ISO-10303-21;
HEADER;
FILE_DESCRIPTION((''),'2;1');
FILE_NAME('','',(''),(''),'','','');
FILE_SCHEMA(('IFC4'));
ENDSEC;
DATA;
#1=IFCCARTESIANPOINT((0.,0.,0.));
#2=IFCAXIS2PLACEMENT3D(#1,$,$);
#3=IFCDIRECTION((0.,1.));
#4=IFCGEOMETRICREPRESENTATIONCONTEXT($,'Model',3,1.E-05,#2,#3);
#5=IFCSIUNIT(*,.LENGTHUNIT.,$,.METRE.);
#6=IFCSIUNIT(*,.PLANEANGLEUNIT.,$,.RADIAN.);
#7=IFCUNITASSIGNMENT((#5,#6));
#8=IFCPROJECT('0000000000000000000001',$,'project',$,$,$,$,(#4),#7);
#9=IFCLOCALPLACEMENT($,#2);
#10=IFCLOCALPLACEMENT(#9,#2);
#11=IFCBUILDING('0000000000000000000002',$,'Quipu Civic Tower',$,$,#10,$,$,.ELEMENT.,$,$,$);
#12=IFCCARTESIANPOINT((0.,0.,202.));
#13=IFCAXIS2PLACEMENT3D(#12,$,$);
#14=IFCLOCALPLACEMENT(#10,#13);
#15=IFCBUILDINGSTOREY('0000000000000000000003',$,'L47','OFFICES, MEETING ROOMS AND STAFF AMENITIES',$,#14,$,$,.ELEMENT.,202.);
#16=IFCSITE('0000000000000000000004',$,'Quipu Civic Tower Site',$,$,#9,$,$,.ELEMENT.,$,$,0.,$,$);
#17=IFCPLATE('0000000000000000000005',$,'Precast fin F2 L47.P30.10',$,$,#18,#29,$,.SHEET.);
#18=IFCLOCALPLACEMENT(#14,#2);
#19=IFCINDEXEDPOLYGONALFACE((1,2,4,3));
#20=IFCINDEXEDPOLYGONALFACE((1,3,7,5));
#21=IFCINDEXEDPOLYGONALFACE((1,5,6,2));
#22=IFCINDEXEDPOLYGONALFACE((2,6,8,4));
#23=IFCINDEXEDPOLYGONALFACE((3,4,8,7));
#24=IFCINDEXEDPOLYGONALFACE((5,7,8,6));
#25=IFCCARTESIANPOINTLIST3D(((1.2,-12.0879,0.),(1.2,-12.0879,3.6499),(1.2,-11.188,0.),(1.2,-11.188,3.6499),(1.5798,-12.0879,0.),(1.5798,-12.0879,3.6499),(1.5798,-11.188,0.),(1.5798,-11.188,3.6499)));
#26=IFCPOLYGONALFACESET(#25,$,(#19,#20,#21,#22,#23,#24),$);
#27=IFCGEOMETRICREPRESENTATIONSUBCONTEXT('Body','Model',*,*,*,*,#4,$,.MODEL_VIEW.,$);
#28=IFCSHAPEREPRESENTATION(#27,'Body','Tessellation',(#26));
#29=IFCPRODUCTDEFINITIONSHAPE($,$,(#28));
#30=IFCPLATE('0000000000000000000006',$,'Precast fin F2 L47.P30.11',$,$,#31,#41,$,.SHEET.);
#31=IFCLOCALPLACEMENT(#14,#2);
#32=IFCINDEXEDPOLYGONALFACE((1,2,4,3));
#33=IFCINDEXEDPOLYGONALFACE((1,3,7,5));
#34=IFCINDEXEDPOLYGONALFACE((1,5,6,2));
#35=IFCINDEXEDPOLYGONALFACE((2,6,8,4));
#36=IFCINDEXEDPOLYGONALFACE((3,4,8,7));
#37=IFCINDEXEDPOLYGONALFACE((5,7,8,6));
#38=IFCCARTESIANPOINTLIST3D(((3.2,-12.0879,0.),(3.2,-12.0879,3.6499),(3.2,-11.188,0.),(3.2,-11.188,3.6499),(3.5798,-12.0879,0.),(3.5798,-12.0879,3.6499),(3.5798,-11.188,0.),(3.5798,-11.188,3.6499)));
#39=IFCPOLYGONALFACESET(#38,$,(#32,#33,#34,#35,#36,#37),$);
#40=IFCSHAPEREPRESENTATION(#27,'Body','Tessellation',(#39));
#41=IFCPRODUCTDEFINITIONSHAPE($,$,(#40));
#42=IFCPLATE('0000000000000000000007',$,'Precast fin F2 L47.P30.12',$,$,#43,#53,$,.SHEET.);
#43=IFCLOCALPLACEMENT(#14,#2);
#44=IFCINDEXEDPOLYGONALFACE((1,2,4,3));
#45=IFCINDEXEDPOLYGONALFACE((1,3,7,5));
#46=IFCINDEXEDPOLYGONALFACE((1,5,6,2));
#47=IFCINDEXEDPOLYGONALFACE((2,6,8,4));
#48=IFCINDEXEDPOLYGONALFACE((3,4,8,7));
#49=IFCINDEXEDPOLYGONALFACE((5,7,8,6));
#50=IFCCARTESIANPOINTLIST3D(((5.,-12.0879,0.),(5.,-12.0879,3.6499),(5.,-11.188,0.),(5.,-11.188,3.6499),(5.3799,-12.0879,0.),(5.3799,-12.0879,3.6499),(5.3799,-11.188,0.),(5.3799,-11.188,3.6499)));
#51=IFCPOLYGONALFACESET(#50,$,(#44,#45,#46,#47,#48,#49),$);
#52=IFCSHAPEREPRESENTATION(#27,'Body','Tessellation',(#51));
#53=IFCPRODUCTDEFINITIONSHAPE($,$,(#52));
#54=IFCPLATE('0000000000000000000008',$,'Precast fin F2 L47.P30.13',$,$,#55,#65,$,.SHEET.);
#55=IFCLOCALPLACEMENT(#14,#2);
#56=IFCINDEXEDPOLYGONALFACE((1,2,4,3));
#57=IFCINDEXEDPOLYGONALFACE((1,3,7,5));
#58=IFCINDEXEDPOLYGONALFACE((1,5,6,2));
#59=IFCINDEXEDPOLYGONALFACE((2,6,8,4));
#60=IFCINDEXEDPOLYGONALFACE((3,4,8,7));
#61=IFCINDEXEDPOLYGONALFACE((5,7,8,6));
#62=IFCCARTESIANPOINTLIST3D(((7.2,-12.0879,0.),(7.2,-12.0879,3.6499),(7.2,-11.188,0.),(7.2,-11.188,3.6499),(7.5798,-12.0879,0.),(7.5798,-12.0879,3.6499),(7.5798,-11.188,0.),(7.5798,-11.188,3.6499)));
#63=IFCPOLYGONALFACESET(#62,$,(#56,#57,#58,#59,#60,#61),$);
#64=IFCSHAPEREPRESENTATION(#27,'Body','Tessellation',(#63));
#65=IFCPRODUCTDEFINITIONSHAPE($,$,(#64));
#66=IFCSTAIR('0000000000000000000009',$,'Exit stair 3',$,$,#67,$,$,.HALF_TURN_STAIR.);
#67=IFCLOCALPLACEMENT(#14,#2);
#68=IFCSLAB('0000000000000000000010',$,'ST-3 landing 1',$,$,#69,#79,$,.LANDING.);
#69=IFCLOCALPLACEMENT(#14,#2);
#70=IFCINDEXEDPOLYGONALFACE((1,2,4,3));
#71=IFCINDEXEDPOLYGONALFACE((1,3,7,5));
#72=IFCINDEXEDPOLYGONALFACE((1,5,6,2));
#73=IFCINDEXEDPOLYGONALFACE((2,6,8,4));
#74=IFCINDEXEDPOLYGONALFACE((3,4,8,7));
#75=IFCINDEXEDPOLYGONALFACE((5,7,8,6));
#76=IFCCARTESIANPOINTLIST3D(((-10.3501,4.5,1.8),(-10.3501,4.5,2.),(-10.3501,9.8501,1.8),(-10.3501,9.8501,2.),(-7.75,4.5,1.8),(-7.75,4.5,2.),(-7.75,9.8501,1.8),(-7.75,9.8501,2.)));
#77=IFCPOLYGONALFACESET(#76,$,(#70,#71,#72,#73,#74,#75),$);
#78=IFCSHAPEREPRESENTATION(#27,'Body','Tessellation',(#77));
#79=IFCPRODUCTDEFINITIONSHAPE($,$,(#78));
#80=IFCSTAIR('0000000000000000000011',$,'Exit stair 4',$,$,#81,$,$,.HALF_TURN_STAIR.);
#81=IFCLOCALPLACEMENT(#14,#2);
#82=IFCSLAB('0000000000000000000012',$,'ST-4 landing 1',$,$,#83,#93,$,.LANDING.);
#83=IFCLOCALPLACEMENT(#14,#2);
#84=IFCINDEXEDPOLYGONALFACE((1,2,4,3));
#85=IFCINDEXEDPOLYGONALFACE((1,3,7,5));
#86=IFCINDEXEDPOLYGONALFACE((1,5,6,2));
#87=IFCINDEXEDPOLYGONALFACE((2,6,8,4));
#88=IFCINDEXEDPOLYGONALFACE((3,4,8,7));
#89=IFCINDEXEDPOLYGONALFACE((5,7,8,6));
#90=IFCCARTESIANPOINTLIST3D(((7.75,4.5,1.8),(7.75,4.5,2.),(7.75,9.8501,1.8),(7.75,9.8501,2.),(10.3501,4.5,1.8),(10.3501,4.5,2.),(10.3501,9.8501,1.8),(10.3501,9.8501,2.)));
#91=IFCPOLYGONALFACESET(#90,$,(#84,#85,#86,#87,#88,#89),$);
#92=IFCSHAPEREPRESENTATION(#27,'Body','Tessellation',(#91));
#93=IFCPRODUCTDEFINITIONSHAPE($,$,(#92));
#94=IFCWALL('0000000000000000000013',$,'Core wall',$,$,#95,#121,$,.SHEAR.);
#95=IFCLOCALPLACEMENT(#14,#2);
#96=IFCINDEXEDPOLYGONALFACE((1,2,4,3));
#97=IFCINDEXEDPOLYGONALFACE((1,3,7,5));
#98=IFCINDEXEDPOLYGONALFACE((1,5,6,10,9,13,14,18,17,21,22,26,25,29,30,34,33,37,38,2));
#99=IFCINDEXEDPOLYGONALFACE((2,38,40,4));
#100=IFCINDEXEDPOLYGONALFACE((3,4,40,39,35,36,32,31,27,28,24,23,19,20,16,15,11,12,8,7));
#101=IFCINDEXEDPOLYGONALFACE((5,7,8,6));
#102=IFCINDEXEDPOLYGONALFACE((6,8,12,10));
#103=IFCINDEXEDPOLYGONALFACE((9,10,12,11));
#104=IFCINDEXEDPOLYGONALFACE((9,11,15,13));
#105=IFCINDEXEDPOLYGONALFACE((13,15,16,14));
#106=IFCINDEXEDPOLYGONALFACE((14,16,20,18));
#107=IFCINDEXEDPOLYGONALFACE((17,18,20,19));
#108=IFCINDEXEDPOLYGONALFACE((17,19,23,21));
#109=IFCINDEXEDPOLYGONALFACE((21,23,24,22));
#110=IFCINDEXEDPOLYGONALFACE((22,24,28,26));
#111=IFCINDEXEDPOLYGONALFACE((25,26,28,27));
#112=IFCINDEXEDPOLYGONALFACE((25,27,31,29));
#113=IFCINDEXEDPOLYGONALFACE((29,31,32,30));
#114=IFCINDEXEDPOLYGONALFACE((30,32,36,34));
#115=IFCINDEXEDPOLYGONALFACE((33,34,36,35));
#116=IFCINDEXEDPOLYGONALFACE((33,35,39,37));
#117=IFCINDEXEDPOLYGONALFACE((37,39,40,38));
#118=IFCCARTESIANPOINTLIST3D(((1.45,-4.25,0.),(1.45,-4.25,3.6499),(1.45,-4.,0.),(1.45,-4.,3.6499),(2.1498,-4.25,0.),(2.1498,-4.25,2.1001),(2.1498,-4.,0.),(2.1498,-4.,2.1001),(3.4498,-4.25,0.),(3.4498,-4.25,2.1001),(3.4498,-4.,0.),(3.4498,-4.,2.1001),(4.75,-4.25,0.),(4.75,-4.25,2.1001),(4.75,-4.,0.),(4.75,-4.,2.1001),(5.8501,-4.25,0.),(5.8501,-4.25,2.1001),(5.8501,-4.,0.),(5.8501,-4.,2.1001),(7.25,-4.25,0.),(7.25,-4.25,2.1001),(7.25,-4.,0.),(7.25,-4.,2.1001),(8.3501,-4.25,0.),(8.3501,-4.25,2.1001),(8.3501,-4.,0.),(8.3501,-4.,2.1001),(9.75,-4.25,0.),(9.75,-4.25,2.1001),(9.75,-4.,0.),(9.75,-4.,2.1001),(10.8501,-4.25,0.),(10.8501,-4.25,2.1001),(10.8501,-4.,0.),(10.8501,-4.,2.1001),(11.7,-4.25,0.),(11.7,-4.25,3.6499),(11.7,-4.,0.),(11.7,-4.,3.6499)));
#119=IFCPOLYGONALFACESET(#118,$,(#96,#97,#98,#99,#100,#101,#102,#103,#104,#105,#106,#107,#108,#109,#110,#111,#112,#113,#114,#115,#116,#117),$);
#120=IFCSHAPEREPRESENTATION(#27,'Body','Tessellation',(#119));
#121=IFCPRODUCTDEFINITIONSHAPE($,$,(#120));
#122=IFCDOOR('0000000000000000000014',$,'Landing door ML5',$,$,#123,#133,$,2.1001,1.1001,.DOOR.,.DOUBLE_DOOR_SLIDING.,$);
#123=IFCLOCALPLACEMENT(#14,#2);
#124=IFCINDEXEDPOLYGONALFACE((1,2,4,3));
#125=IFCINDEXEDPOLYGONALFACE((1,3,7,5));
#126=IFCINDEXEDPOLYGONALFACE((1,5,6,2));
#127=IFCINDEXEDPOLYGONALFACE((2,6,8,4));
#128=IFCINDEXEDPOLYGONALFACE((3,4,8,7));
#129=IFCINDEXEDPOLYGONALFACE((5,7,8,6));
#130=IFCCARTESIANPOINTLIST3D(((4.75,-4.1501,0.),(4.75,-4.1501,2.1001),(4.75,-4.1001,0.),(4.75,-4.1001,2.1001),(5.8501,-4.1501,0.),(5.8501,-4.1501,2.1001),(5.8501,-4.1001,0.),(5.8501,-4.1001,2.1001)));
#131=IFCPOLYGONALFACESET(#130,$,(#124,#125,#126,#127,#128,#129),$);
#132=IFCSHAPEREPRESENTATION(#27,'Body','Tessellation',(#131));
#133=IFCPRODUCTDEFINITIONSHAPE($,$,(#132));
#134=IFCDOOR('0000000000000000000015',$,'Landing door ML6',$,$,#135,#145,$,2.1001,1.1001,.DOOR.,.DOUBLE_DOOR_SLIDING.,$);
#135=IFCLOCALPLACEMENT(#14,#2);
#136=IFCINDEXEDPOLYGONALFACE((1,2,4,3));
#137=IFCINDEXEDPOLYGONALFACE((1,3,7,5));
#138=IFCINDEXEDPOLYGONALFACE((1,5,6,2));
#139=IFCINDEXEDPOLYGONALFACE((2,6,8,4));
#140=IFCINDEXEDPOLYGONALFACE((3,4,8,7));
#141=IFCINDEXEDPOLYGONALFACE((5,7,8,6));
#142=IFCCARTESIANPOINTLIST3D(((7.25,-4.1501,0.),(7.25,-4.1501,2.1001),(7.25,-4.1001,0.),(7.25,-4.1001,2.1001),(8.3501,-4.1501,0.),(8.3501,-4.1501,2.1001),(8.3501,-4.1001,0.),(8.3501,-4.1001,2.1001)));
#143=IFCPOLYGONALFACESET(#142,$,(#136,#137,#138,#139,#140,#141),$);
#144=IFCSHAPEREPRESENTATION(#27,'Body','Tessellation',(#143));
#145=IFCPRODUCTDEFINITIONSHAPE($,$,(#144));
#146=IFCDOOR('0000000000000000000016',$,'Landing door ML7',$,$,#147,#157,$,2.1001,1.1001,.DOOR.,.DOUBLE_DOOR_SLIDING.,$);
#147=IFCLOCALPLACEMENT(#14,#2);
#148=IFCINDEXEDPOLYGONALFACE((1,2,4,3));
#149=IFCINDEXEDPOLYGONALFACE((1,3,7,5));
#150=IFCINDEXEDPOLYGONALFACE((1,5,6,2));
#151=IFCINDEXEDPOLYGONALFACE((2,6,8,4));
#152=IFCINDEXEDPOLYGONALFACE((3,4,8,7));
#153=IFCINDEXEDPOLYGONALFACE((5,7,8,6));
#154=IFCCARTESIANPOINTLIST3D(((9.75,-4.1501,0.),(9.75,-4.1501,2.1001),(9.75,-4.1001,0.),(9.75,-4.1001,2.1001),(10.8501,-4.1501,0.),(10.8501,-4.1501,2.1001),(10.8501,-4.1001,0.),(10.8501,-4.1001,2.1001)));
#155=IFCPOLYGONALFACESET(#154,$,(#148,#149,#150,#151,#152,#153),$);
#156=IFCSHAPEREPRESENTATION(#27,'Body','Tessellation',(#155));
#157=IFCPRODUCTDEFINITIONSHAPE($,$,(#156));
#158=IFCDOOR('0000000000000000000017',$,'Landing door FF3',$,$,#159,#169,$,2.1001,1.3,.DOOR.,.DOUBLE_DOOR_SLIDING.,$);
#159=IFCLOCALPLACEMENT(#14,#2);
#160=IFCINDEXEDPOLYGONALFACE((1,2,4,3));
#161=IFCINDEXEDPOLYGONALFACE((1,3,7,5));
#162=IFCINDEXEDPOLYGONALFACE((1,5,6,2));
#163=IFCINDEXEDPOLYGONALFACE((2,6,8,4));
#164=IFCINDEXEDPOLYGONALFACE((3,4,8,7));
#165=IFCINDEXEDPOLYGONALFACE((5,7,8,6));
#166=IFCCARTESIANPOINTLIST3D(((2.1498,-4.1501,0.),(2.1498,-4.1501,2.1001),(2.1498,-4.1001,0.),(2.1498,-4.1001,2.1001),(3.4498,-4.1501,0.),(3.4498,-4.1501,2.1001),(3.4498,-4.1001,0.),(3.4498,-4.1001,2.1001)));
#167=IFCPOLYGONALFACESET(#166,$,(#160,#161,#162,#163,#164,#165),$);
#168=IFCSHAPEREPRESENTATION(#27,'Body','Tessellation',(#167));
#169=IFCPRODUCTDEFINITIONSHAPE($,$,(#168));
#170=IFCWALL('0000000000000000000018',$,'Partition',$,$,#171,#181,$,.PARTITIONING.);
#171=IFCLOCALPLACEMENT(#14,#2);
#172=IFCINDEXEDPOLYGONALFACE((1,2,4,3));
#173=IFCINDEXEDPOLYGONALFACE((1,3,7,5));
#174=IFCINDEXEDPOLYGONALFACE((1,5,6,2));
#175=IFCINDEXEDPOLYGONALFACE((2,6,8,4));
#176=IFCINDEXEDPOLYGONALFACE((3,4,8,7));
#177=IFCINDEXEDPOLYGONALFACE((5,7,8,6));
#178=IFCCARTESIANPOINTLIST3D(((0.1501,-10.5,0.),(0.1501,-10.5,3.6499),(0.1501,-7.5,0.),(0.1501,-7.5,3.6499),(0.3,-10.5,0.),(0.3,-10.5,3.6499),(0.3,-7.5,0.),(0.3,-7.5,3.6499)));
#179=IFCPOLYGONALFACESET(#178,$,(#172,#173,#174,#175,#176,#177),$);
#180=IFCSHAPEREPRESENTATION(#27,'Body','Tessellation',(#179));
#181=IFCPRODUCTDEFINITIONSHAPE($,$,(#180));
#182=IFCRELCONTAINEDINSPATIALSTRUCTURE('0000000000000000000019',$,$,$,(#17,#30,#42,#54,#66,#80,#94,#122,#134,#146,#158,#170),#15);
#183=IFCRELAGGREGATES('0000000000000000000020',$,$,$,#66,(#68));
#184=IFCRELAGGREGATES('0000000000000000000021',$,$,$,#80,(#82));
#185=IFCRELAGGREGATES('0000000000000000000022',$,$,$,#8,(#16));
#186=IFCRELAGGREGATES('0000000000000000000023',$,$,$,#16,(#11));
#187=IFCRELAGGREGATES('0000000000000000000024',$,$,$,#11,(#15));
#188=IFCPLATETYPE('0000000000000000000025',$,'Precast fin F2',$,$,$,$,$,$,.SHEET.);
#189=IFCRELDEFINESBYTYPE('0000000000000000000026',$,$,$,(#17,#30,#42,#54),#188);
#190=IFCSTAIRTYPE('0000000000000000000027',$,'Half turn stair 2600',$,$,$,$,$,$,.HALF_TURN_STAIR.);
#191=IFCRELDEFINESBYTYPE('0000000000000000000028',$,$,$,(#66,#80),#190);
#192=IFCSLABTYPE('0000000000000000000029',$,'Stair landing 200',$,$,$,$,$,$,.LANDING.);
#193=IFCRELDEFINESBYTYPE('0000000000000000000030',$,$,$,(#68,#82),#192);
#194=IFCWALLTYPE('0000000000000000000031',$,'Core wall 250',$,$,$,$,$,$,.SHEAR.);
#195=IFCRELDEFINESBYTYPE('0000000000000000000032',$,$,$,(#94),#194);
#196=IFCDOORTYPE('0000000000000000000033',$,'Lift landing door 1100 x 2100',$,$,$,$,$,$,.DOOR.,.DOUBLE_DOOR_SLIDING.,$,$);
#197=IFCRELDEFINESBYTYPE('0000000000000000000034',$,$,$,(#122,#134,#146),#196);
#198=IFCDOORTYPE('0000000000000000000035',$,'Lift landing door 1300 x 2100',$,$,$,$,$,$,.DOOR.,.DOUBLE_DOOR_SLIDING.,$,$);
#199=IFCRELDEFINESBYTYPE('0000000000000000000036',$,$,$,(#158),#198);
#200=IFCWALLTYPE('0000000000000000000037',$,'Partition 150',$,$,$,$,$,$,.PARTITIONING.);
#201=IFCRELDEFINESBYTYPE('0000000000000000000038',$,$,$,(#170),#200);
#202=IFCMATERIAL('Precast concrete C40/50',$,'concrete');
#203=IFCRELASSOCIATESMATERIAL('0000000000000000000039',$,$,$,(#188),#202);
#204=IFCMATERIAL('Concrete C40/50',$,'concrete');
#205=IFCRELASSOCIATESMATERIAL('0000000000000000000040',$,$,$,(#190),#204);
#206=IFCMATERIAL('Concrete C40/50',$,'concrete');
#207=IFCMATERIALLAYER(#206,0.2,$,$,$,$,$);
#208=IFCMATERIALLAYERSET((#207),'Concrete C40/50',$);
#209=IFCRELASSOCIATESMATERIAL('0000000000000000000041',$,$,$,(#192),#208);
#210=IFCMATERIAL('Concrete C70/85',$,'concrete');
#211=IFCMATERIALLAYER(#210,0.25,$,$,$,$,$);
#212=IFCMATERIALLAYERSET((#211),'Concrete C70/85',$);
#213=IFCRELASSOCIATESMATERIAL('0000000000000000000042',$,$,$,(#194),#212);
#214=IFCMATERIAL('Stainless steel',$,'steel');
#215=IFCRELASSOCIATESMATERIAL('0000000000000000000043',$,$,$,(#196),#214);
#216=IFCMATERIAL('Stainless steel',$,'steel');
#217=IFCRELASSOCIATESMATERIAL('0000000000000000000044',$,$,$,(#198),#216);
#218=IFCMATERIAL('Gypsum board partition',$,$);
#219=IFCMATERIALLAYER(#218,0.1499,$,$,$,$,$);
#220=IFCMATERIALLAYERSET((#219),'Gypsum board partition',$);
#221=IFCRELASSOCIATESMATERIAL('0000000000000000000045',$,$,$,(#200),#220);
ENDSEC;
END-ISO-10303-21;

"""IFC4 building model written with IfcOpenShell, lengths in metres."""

from ifc_helpers import new_model, si_unit, direction, frame, frame_2d, origin, origin_2d, place, context, subcontext, project, spatial, polyline, rectangle, outline, extrude, material, layer, layer_set, type_object, element, fill, aggregate, save


model = new_model("IFC4")

# Units and contexts
model_context = context("Model", 3, precision=1e-05, world=origin(), true_north=direction((0.0, 1.0)))
body_context = subcontext(model_context, "Body", "Model", "MODEL_VIEW")
ifc_project = project(units=[si_unit("LENGTHUNIT", "METRE"), si_unit("PLANEANGLEUNIT", "RADIAN")], contexts=[model_context])

# Site, building, storey
site_placement = place(None, origin())
site = spatial("IfcSite", under=ifc_project, at=site_placement, Name="Quipu Civic Tower Site", CompositionType="ELEMENT", RefElevation=0.0)
building_placement = place(site_placement, origin())
building = spatial("IfcBuilding", under=site, at=building_placement, Name="Quipu Civic Tower", CompositionType="ELEMENT")
storey_placement = place(building_placement, frame((0.0, 0.0, 202.0)))
storey = spatial("IfcBuildingStorey", under=building, at=storey_placement, Name="L47", Description="OFFICES, MEETING ROOMS AND STAFF AMENITIES", CompositionType="ELEMENT", Elevation=202.0)

# Plates
ifc_material_1 = material(Name="Precast concrete C40/50", Category="concrete")
plate_type = type_object("IfcPlateType", Name="Precast fin F2", PredefinedType="SHEET", material=ifc_material_1)
for number, where, z_axis, x_axis, name in (
    (1, (1.3899, -11.6379, 0.0), (0.0, 0.0, 1.0), (1.0, 0.0, 0.0), "Precast fin F2 L47.P30.10"),
    (2, (3.3899, -11.6379, 0.0), (0.0, 0.0, 1.0), (1.0, 0.0, 0.0), "Precast fin F2 L47.P30.11"),
    (3, (5.1899, -11.6379, 0.0), (0.0, 0.0, 1.0), (1.0, 0.0, 0.0), "Precast fin F2 L47.P30.12"),
    (4, (7.3899, -11.6379, 0.0), (0.0, 0.0, 1.0), (1.0, 0.0, 0.0), "Precast fin F2 L47.P30.13"),
):
    element("IfcPlate", number, at=place(storey_placement, frame(where, z_axis=z_axis, x_axis=x_axis)), inside=storey, type_object=plate_type, Name=name, PredefinedType="SHEET", context=body_context, shape_type="SweptSolid", body=[
        extrude(rectangle(XDim=0.3799, YDim=0.8999, at=origin_2d()), origin(), (0.0, 0.0, 1.0), 3.6499),
    ])

# Stairs, slabs
ifc_material_2 = material(Name="Concrete C40/50", Category="concrete")
stair_type = type_object("IfcStairType", Name="Half turn stair 2600", PredefinedType="HALF_TURN_STAIR", material=ifc_material_2)
stair_1_placement = place(storey_placement, origin())
stair_1 = element("IfcStair", 5, at=stair_1_placement, inside=storey, type_object=stair_type, Name="Exit stair 3", PredefinedType="HALF_TURN_STAIR")
ifc_material_3 = material(Name="Concrete C40/50", Category="concrete")
ifc_layer_1 = layer(ifc_material_3, 0.2)
ifc_layer_set_1 = layer_set([ifc_layer_1], Name="Concrete C40/50")
slab_type = type_object("IfcSlabType", Name="Stair landing 200", PredefinedType="LANDING", material=ifc_layer_set_1)
slab_1_placement = place(storey_placement, frame((0.0, 0.0, 1.8)))
slab_1 = element("IfcSlab", 6, at=slab_1_placement, type_object=slab_type, Name="ST-3 landing 1", PredefinedType="LANDING", context=body_context, shape_type="SweptSolid", body=[
    extrude(outline(polyline([(-10.3501, 4.5), (-7.75, 4.5), (-7.75, 9.8501), (-10.3501, 9.8501), (-10.3501, 4.5)])), origin(), (0.0, 0.0, 1.0), 0.2),
])
aggregate(stair_1, [slab_1])
stair_2_placement = place(storey_placement, origin())
stair_2 = element("IfcStair", 7, at=stair_2_placement, inside=storey, type_object=stair_type, Name="Exit stair 4", PredefinedType="HALF_TURN_STAIR")
slab_2_placement = place(storey_placement, frame((0.0, 0.0, 1.8)))
slab_2 = element("IfcSlab", 8, at=slab_2_placement, type_object=slab_type, Name="ST-4 landing 1", PredefinedType="LANDING", context=body_context, shape_type="SweptSolid", body=[
    extrude(outline(polyline([(10.3501, 9.8501), (7.75, 9.8501), (7.75, 4.5), (10.3501, 4.5), (10.3501, 9.8501)])), origin(), (0.0, 0.0, 1.0), 0.2),
])
aggregate(stair_2, [slab_2])

# Wall, openings, doors
ifc_material_4 = material(Name="Concrete C70/85", Category="concrete")
ifc_layer_2 = layer(ifc_material_4, 0.25)
ifc_layer_set_2 = layer_set([ifc_layer_2], Name="Concrete C70/85")
wall_type_1 = type_object("IfcWallType", Name="Core wall 250", PredefinedType="SHEAR", material=ifc_layer_set_2)
wall_1_placement = place(storey_placement, frame((1.45, -4.125, 0.0), z_axis=(0.0, 0.0, 1.0), x_axis=(1.0, 0.0, 0.0)))
wall_1 = element("IfcWall", 9, at=wall_1_placement, inside=storey, type_object=wall_type_1, Name="Core wall", PredefinedType="SHEAR", context=body_context, shape_type="SweptSolid", body=[
    extrude(rectangle(XDim=10.25, YDim=0.25, at=frame_2d((5.125, 0.0))), origin(), (0.0, 0.0, 1.0), 3.6499),
])
opening_1_placement = place(wall_1_placement, frame((0.7, 0.0, 0.0)))
opening_1 = element("IfcOpeningElement", 10, at=opening_1_placement, cuts=wall_1, PredefinedType="OPENING", context=body_context, shape_type="SweptSolid", body=[
    extrude(rectangle(XDim=1.3, YDim=2.1001, at=frame_2d((0.6499, 1.05))), frame((0.0, 0.135, 0.0), z_axis=(0.0, -1.0, 0.0), x_axis=(1.0, 0.0, 0.0)), (0.0, 0.0, 1.0), 0.27),
])
opening_2_placement = place(wall_1_placement, frame((3.3, 0.0, 0.0)))
opening_2 = element("IfcOpeningElement", 11, at=opening_2_placement, cuts=wall_1, PredefinedType="OPENING", context=body_context, shape_type="SweptSolid", body=[
    extrude(rectangle(XDim=1.1001, YDim=2.1001, at=frame_2d((0.55, 1.05))), frame((0.0, 0.135, 0.0), z_axis=(0.0, -1.0, 0.0), x_axis=(1.0, 0.0, 0.0)), (0.0, 0.0, 1.0), 0.27),
])
opening_3_placement = place(wall_1_placement, frame((5.8, 0.0, 0.0)))
opening_3 = element("IfcOpeningElement", 12, at=opening_3_placement, cuts=wall_1, PredefinedType="OPENING", context=body_context, shape_type="SweptSolid", body=[
    extrude(rectangle(XDim=1.1001, YDim=2.1001, at=frame_2d((0.55, 1.05))), frame((0.0, 0.135, 0.0), z_axis=(0.0, -1.0, 0.0), x_axis=(1.0, 0.0, 0.0)), (0.0, 0.0, 1.0), 0.27),
])
opening_4_placement = place(wall_1_placement, frame((8.3, 0.0, 0.0)))
opening_4 = element("IfcOpeningElement", 13, at=opening_4_placement, cuts=wall_1, PredefinedType="OPENING", context=body_context, shape_type="SweptSolid", body=[
    extrude(rectangle(XDim=1.1001, YDim=2.1001, at=frame_2d((0.55, 1.05))), frame((0.0, 0.135, 0.0), z_axis=(0.0, -1.0, 0.0), x_axis=(1.0, 0.0, 0.0)), (0.0, 0.0, 1.0), 0.27),
])
ifc_material_5 = material(Name="Stainless steel", Category="steel")
door_type_1 = type_object("IfcDoorType", Name="Lift landing door 1100 x 2100", OperationType="DOUBLE_DOOR_SLIDING", PredefinedType="DOOR", material=ifc_material_5)
door_1_placement = place(opening_2_placement, origin())
door_1 = element("IfcDoor", 14, at=door_1_placement, inside=storey, type_object=door_type_1, Name="Landing door ML5", OperationType="DOUBLE_DOOR_SLIDING", OverallHeight=2.1001, OverallWidth=1.1001, PredefinedType="DOOR", context=body_context, shape_type="SweptSolid", body=[
    extrude(rectangle(XDim=1.1001, YDim=2.1001, at=frame_2d((0.55, 1.05))), frame((0.0, 0.0249, 0.0), z_axis=(0.0, -1.0, 0.0), x_axis=(1.0, 0.0, 0.0)), (0.0, 0.0, 1.0), 0.05),
])
fill(opening_2, door_1)
door_2_placement = place(opening_3_placement, origin())
door_2 = element("IfcDoor", 15, at=door_2_placement, inside=storey, type_object=door_type_1, Name="Landing door ML6", OperationType="DOUBLE_DOOR_SLIDING", OverallHeight=2.1001, OverallWidth=1.1001, PredefinedType="DOOR", context=body_context, shape_type="SweptSolid", body=[
    extrude(rectangle(XDim=1.1001, YDim=2.1001, at=frame_2d((0.55, 1.05))), frame((0.0, 0.0249, 0.0), z_axis=(0.0, -1.0, 0.0), x_axis=(1.0, 0.0, 0.0)), (0.0, 0.0, 1.0), 0.05),
])
fill(opening_3, door_2)
door_3_placement = place(opening_4_placement, origin())
door_3 = element("IfcDoor", 16, at=door_3_placement, inside=storey, type_object=door_type_1, Name="Landing door ML7", OperationType="DOUBLE_DOOR_SLIDING", OverallHeight=2.1001, OverallWidth=1.1001, PredefinedType="DOOR", context=body_context, shape_type="SweptSolid", body=[
    extrude(rectangle(XDim=1.1001, YDim=2.1001, at=frame_2d((0.55, 1.05))), frame((0.0, 0.0249, 0.0), z_axis=(0.0, -1.0, 0.0), x_axis=(1.0, 0.0, 0.0)), (0.0, 0.0, 1.0), 0.05),
])
fill(opening_4, door_3)
ifc_material_6 = material(Name="Stainless steel", Category="steel")
door_type_2 = type_object("IfcDoorType", Name="Lift landing door 1300 x 2100", OperationType="DOUBLE_DOOR_SLIDING", PredefinedType="DOOR", material=ifc_material_6)
door_4_placement = place(opening_1_placement, origin())
door_4 = element("IfcDoor", 17, at=door_4_placement, inside=storey, type_object=door_type_2, Name="Landing door FF3", OperationType="DOUBLE_DOOR_SLIDING", OverallHeight=2.1001, OverallWidth=1.3, PredefinedType="DOOR", context=body_context, shape_type="SweptSolid", body=[
    extrude(rectangle(XDim=1.3, YDim=2.1001, at=frame_2d((0.6499, 1.05))), frame((0.0, 0.0249, 0.0), z_axis=(0.0, -1.0, 0.0), x_axis=(1.0, 0.0, 0.0)), (0.0, 0.0, 1.0), 0.05),
])
fill(opening_1, door_4)

# Wall
ifc_material_7 = material(Name="Gypsum board partition")
ifc_layer_3 = layer(ifc_material_7, 0.1499)
ifc_layer_set_3 = layer_set([ifc_layer_3], Name="Gypsum board partition")
wall_type_2 = type_object("IfcWallType", Name="Partition 150", PredefinedType="PARTITIONING", material=ifc_layer_set_3)
wall_2_placement = place(storey_placement, frame((0.2251, -10.5, 0.0), z_axis=(0.0, 0.0, 1.0), x_axis=(0.0, 1.0, 0.0)))
element("IfcWall", 18, at=wall_2_placement, inside=storey, type_object=wall_type_2, Name="Partition", PredefinedType="PARTITIONING", context=body_context, shape_type="SweptSolid", body=[
    extrude(rectangle(XDim=3.0, YDim=0.1499, at=frame_2d((1.5, 0.0))), origin(), (0.0, 0.0, 1.0), 3.6499),
])

save(model, "model.ifc")
